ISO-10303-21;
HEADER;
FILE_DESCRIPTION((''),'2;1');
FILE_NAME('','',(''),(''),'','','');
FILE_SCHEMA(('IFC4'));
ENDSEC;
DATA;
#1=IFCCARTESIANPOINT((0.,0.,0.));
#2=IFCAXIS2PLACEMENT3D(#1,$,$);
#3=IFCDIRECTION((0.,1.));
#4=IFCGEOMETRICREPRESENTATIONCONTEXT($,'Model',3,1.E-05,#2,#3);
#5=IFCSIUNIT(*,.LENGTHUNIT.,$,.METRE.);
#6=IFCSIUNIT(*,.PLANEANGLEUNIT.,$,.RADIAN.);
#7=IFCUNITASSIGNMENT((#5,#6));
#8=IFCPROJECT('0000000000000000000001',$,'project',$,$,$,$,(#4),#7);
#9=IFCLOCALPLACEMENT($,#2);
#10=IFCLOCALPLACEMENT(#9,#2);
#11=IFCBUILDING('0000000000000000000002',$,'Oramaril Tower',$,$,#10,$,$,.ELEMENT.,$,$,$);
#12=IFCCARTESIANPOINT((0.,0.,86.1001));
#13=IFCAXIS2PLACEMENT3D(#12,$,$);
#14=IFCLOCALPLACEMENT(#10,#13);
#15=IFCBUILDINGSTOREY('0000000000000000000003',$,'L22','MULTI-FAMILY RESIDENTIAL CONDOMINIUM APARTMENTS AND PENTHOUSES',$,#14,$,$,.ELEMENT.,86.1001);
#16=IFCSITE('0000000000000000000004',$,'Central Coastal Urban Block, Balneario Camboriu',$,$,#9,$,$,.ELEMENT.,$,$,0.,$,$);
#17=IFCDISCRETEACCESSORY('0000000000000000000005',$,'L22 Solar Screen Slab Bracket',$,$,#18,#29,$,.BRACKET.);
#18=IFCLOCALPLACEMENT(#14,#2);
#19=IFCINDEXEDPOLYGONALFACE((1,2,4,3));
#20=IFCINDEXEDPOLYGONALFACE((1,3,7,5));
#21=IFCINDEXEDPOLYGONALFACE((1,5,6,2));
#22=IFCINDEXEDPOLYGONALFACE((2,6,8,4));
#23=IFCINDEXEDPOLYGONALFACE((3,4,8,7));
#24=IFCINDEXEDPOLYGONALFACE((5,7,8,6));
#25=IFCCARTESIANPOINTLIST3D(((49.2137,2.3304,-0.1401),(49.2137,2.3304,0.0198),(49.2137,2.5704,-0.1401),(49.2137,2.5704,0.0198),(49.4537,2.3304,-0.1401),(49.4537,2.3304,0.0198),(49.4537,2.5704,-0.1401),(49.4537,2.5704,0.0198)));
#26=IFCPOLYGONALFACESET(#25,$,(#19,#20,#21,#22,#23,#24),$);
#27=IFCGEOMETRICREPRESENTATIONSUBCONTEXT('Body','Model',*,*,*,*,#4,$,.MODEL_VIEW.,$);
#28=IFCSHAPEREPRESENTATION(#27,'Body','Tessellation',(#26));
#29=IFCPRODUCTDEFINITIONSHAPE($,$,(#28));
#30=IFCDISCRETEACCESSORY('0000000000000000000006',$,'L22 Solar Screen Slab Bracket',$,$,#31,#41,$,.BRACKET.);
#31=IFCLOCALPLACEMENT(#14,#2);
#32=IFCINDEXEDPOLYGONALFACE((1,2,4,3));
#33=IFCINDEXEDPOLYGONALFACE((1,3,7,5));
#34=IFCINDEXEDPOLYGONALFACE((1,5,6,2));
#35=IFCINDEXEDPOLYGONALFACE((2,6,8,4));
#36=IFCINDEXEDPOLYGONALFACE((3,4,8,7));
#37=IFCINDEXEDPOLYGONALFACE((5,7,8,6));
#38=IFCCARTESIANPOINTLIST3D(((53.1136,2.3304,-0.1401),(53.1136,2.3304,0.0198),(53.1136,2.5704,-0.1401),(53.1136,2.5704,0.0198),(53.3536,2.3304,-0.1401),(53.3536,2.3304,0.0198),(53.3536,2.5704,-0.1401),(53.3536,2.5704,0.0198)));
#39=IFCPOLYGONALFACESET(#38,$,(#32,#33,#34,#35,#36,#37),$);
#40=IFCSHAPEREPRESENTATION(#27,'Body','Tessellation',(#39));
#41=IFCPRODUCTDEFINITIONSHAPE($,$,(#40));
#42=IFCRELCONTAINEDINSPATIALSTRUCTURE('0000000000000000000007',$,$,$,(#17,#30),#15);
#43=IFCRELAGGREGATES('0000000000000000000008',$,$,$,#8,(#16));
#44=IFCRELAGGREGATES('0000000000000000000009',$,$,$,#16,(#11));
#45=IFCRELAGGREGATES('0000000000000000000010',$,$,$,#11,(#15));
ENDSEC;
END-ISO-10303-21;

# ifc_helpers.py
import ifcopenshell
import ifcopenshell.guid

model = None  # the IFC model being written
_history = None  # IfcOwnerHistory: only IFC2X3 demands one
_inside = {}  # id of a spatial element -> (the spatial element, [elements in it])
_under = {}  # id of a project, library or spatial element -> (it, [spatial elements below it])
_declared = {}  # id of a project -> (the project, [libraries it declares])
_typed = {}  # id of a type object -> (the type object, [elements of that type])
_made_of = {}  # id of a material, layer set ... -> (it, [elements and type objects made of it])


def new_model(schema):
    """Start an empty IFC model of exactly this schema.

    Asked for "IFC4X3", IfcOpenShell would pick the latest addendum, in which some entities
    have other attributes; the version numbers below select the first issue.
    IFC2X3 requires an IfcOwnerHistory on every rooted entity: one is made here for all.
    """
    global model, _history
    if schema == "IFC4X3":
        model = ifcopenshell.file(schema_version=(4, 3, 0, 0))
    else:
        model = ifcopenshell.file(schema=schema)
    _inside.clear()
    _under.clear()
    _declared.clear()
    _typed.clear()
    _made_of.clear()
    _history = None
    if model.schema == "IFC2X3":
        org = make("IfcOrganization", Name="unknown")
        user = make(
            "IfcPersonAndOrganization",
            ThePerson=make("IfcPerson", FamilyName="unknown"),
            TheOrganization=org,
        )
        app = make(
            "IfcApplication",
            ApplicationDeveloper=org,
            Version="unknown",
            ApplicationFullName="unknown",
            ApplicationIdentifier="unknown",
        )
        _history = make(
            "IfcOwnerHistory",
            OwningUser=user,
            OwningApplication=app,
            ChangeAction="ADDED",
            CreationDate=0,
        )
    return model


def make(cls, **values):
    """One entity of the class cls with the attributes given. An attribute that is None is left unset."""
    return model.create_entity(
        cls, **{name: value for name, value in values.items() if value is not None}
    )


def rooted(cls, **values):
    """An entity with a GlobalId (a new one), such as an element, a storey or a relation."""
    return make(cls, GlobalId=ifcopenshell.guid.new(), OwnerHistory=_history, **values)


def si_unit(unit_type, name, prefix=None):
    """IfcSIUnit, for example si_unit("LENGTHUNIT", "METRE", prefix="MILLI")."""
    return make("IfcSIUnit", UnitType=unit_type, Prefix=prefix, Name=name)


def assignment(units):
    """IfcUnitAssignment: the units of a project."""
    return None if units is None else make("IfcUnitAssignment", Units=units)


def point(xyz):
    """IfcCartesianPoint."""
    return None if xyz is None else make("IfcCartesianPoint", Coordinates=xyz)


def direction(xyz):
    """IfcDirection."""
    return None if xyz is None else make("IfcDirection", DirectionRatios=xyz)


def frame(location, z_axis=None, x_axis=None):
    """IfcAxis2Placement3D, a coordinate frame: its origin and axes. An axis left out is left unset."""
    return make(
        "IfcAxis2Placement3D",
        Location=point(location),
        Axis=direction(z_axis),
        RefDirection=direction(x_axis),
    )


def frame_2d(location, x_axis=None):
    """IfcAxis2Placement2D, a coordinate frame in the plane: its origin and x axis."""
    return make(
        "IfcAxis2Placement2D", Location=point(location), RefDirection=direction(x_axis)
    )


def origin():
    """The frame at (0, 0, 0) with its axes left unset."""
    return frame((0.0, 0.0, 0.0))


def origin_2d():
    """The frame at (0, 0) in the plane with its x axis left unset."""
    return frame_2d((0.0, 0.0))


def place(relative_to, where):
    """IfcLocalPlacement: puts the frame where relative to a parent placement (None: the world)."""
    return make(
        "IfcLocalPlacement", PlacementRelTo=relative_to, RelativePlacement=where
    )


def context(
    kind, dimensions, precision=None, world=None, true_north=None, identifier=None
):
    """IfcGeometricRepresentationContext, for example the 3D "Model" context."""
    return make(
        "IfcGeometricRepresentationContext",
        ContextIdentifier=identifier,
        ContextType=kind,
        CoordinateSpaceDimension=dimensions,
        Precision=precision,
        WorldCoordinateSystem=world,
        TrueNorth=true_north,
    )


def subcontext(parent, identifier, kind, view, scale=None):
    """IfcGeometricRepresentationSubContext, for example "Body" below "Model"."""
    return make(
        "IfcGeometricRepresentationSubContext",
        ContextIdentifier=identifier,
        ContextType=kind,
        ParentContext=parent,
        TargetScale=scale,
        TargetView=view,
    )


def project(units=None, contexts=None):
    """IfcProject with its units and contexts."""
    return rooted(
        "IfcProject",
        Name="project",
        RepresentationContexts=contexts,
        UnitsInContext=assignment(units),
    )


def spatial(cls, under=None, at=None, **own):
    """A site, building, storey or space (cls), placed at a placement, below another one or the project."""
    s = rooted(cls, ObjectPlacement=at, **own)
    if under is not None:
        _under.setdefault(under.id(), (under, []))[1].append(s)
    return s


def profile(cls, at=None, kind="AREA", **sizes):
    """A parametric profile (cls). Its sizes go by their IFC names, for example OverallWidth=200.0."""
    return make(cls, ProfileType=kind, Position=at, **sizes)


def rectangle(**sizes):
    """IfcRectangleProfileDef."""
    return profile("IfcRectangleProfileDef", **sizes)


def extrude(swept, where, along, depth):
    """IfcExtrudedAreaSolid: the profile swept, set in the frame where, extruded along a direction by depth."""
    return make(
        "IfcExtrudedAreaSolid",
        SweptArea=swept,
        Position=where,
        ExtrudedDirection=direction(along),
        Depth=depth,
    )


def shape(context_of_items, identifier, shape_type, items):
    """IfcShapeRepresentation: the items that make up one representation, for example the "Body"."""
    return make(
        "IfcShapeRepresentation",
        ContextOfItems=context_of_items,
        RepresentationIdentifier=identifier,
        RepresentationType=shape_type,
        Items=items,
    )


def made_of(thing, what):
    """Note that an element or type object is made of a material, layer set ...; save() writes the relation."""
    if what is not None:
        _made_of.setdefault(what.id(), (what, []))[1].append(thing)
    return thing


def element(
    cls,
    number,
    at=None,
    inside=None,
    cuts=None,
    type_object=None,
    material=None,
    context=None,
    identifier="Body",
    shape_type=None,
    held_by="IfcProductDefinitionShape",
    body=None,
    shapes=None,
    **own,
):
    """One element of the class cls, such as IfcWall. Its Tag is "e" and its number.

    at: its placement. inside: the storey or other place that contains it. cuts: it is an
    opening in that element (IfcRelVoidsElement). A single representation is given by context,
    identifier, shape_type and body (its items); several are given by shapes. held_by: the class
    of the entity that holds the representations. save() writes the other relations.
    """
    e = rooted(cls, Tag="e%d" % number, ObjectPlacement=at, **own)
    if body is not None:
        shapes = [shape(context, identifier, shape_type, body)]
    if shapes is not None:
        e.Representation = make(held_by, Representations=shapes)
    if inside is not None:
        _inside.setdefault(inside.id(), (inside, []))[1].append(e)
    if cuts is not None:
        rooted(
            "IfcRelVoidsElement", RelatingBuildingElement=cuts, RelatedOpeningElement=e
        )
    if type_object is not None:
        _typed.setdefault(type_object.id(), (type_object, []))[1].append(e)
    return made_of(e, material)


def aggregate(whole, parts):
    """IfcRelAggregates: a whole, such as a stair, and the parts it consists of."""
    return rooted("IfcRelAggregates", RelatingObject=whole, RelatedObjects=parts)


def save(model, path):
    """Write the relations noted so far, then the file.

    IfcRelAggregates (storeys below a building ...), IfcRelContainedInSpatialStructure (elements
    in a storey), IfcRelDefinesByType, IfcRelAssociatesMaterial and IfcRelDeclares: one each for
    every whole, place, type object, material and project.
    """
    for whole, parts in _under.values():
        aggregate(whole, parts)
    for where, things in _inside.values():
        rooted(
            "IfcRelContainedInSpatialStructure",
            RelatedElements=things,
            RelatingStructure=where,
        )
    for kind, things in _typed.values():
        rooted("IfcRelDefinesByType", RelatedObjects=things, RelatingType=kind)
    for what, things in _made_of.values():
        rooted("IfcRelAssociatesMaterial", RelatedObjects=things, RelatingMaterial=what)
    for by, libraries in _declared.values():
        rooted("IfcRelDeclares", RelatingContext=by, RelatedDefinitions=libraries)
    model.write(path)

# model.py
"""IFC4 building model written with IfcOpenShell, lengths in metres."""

from ifc_helpers import new_model, si_unit, direction, frame, origin, origin_2d, place, context, subcontext, project, spatial, rectangle, extrude, element, save


model = new_model("IFC4")

# Units and contexts
model_context = context("Model", 3, precision=1e-05, world=origin(), true_north=direction((0.0, 1.0)))
body_context = subcontext(model_context, "Body", "Model", "MODEL_VIEW")
ifc_project = project(units=[si_unit("LENGTHUNIT", "METRE"), si_unit("PLANEANGLEUNIT", "RADIAN")], contexts=[model_context])

# Site, building, storey
site_placement = place(None, origin())
site = spatial("IfcSite", under=ifc_project, at=site_placement, Name="Central Coastal Urban Block, Balneario Camboriu", CompositionType="ELEMENT", RefElevation=0.0)
building_placement = place(site_placement, origin())
building = spatial("IfcBuilding", under=site, at=building_placement, Name="Oramaril Tower", CompositionType="ELEMENT")
storey_placement = place(building_placement, frame((0.0, 0.0, 86.1001)))
storey = spatial("IfcBuildingStorey", under=building, at=storey_placement, Name="L22", Description="MULTI-FAMILY RESIDENTIAL CONDOMINIUM APARTMENTS AND PENTHOUSES", CompositionType="ELEMENT", Elevation=86.1001)

# Discrete accessories
for number, where, z_axis, x_axis, name in (
    (1, (49.3337, 2.4504, -0.1401), (0.0, 0.0, 1.0), (1.0, 0.0, 0.0), "L22 Solar Screen Slab Bracket"),
    (2, (53.2336, 2.4504, -0.1401), (0.0, 0.0, 1.0), (1.0, 0.0, 0.0), "L22 Solar Screen Slab Bracket"),
):
    element("IfcDiscreteAccessory", number, at=place(storey_placement, frame(where, z_axis=z_axis, x_axis=x_axis)), inside=storey, Name=name, PredefinedType="BRACKET", context=body_context, shape_type="SweptSolid", body=[
        extrude(rectangle(XDim=0.24, YDim=0.24, at=origin_2d()), origin(), (0.0, 0.0, 1.0), 0.1599),
    ])

save(model, "model.ifc")
